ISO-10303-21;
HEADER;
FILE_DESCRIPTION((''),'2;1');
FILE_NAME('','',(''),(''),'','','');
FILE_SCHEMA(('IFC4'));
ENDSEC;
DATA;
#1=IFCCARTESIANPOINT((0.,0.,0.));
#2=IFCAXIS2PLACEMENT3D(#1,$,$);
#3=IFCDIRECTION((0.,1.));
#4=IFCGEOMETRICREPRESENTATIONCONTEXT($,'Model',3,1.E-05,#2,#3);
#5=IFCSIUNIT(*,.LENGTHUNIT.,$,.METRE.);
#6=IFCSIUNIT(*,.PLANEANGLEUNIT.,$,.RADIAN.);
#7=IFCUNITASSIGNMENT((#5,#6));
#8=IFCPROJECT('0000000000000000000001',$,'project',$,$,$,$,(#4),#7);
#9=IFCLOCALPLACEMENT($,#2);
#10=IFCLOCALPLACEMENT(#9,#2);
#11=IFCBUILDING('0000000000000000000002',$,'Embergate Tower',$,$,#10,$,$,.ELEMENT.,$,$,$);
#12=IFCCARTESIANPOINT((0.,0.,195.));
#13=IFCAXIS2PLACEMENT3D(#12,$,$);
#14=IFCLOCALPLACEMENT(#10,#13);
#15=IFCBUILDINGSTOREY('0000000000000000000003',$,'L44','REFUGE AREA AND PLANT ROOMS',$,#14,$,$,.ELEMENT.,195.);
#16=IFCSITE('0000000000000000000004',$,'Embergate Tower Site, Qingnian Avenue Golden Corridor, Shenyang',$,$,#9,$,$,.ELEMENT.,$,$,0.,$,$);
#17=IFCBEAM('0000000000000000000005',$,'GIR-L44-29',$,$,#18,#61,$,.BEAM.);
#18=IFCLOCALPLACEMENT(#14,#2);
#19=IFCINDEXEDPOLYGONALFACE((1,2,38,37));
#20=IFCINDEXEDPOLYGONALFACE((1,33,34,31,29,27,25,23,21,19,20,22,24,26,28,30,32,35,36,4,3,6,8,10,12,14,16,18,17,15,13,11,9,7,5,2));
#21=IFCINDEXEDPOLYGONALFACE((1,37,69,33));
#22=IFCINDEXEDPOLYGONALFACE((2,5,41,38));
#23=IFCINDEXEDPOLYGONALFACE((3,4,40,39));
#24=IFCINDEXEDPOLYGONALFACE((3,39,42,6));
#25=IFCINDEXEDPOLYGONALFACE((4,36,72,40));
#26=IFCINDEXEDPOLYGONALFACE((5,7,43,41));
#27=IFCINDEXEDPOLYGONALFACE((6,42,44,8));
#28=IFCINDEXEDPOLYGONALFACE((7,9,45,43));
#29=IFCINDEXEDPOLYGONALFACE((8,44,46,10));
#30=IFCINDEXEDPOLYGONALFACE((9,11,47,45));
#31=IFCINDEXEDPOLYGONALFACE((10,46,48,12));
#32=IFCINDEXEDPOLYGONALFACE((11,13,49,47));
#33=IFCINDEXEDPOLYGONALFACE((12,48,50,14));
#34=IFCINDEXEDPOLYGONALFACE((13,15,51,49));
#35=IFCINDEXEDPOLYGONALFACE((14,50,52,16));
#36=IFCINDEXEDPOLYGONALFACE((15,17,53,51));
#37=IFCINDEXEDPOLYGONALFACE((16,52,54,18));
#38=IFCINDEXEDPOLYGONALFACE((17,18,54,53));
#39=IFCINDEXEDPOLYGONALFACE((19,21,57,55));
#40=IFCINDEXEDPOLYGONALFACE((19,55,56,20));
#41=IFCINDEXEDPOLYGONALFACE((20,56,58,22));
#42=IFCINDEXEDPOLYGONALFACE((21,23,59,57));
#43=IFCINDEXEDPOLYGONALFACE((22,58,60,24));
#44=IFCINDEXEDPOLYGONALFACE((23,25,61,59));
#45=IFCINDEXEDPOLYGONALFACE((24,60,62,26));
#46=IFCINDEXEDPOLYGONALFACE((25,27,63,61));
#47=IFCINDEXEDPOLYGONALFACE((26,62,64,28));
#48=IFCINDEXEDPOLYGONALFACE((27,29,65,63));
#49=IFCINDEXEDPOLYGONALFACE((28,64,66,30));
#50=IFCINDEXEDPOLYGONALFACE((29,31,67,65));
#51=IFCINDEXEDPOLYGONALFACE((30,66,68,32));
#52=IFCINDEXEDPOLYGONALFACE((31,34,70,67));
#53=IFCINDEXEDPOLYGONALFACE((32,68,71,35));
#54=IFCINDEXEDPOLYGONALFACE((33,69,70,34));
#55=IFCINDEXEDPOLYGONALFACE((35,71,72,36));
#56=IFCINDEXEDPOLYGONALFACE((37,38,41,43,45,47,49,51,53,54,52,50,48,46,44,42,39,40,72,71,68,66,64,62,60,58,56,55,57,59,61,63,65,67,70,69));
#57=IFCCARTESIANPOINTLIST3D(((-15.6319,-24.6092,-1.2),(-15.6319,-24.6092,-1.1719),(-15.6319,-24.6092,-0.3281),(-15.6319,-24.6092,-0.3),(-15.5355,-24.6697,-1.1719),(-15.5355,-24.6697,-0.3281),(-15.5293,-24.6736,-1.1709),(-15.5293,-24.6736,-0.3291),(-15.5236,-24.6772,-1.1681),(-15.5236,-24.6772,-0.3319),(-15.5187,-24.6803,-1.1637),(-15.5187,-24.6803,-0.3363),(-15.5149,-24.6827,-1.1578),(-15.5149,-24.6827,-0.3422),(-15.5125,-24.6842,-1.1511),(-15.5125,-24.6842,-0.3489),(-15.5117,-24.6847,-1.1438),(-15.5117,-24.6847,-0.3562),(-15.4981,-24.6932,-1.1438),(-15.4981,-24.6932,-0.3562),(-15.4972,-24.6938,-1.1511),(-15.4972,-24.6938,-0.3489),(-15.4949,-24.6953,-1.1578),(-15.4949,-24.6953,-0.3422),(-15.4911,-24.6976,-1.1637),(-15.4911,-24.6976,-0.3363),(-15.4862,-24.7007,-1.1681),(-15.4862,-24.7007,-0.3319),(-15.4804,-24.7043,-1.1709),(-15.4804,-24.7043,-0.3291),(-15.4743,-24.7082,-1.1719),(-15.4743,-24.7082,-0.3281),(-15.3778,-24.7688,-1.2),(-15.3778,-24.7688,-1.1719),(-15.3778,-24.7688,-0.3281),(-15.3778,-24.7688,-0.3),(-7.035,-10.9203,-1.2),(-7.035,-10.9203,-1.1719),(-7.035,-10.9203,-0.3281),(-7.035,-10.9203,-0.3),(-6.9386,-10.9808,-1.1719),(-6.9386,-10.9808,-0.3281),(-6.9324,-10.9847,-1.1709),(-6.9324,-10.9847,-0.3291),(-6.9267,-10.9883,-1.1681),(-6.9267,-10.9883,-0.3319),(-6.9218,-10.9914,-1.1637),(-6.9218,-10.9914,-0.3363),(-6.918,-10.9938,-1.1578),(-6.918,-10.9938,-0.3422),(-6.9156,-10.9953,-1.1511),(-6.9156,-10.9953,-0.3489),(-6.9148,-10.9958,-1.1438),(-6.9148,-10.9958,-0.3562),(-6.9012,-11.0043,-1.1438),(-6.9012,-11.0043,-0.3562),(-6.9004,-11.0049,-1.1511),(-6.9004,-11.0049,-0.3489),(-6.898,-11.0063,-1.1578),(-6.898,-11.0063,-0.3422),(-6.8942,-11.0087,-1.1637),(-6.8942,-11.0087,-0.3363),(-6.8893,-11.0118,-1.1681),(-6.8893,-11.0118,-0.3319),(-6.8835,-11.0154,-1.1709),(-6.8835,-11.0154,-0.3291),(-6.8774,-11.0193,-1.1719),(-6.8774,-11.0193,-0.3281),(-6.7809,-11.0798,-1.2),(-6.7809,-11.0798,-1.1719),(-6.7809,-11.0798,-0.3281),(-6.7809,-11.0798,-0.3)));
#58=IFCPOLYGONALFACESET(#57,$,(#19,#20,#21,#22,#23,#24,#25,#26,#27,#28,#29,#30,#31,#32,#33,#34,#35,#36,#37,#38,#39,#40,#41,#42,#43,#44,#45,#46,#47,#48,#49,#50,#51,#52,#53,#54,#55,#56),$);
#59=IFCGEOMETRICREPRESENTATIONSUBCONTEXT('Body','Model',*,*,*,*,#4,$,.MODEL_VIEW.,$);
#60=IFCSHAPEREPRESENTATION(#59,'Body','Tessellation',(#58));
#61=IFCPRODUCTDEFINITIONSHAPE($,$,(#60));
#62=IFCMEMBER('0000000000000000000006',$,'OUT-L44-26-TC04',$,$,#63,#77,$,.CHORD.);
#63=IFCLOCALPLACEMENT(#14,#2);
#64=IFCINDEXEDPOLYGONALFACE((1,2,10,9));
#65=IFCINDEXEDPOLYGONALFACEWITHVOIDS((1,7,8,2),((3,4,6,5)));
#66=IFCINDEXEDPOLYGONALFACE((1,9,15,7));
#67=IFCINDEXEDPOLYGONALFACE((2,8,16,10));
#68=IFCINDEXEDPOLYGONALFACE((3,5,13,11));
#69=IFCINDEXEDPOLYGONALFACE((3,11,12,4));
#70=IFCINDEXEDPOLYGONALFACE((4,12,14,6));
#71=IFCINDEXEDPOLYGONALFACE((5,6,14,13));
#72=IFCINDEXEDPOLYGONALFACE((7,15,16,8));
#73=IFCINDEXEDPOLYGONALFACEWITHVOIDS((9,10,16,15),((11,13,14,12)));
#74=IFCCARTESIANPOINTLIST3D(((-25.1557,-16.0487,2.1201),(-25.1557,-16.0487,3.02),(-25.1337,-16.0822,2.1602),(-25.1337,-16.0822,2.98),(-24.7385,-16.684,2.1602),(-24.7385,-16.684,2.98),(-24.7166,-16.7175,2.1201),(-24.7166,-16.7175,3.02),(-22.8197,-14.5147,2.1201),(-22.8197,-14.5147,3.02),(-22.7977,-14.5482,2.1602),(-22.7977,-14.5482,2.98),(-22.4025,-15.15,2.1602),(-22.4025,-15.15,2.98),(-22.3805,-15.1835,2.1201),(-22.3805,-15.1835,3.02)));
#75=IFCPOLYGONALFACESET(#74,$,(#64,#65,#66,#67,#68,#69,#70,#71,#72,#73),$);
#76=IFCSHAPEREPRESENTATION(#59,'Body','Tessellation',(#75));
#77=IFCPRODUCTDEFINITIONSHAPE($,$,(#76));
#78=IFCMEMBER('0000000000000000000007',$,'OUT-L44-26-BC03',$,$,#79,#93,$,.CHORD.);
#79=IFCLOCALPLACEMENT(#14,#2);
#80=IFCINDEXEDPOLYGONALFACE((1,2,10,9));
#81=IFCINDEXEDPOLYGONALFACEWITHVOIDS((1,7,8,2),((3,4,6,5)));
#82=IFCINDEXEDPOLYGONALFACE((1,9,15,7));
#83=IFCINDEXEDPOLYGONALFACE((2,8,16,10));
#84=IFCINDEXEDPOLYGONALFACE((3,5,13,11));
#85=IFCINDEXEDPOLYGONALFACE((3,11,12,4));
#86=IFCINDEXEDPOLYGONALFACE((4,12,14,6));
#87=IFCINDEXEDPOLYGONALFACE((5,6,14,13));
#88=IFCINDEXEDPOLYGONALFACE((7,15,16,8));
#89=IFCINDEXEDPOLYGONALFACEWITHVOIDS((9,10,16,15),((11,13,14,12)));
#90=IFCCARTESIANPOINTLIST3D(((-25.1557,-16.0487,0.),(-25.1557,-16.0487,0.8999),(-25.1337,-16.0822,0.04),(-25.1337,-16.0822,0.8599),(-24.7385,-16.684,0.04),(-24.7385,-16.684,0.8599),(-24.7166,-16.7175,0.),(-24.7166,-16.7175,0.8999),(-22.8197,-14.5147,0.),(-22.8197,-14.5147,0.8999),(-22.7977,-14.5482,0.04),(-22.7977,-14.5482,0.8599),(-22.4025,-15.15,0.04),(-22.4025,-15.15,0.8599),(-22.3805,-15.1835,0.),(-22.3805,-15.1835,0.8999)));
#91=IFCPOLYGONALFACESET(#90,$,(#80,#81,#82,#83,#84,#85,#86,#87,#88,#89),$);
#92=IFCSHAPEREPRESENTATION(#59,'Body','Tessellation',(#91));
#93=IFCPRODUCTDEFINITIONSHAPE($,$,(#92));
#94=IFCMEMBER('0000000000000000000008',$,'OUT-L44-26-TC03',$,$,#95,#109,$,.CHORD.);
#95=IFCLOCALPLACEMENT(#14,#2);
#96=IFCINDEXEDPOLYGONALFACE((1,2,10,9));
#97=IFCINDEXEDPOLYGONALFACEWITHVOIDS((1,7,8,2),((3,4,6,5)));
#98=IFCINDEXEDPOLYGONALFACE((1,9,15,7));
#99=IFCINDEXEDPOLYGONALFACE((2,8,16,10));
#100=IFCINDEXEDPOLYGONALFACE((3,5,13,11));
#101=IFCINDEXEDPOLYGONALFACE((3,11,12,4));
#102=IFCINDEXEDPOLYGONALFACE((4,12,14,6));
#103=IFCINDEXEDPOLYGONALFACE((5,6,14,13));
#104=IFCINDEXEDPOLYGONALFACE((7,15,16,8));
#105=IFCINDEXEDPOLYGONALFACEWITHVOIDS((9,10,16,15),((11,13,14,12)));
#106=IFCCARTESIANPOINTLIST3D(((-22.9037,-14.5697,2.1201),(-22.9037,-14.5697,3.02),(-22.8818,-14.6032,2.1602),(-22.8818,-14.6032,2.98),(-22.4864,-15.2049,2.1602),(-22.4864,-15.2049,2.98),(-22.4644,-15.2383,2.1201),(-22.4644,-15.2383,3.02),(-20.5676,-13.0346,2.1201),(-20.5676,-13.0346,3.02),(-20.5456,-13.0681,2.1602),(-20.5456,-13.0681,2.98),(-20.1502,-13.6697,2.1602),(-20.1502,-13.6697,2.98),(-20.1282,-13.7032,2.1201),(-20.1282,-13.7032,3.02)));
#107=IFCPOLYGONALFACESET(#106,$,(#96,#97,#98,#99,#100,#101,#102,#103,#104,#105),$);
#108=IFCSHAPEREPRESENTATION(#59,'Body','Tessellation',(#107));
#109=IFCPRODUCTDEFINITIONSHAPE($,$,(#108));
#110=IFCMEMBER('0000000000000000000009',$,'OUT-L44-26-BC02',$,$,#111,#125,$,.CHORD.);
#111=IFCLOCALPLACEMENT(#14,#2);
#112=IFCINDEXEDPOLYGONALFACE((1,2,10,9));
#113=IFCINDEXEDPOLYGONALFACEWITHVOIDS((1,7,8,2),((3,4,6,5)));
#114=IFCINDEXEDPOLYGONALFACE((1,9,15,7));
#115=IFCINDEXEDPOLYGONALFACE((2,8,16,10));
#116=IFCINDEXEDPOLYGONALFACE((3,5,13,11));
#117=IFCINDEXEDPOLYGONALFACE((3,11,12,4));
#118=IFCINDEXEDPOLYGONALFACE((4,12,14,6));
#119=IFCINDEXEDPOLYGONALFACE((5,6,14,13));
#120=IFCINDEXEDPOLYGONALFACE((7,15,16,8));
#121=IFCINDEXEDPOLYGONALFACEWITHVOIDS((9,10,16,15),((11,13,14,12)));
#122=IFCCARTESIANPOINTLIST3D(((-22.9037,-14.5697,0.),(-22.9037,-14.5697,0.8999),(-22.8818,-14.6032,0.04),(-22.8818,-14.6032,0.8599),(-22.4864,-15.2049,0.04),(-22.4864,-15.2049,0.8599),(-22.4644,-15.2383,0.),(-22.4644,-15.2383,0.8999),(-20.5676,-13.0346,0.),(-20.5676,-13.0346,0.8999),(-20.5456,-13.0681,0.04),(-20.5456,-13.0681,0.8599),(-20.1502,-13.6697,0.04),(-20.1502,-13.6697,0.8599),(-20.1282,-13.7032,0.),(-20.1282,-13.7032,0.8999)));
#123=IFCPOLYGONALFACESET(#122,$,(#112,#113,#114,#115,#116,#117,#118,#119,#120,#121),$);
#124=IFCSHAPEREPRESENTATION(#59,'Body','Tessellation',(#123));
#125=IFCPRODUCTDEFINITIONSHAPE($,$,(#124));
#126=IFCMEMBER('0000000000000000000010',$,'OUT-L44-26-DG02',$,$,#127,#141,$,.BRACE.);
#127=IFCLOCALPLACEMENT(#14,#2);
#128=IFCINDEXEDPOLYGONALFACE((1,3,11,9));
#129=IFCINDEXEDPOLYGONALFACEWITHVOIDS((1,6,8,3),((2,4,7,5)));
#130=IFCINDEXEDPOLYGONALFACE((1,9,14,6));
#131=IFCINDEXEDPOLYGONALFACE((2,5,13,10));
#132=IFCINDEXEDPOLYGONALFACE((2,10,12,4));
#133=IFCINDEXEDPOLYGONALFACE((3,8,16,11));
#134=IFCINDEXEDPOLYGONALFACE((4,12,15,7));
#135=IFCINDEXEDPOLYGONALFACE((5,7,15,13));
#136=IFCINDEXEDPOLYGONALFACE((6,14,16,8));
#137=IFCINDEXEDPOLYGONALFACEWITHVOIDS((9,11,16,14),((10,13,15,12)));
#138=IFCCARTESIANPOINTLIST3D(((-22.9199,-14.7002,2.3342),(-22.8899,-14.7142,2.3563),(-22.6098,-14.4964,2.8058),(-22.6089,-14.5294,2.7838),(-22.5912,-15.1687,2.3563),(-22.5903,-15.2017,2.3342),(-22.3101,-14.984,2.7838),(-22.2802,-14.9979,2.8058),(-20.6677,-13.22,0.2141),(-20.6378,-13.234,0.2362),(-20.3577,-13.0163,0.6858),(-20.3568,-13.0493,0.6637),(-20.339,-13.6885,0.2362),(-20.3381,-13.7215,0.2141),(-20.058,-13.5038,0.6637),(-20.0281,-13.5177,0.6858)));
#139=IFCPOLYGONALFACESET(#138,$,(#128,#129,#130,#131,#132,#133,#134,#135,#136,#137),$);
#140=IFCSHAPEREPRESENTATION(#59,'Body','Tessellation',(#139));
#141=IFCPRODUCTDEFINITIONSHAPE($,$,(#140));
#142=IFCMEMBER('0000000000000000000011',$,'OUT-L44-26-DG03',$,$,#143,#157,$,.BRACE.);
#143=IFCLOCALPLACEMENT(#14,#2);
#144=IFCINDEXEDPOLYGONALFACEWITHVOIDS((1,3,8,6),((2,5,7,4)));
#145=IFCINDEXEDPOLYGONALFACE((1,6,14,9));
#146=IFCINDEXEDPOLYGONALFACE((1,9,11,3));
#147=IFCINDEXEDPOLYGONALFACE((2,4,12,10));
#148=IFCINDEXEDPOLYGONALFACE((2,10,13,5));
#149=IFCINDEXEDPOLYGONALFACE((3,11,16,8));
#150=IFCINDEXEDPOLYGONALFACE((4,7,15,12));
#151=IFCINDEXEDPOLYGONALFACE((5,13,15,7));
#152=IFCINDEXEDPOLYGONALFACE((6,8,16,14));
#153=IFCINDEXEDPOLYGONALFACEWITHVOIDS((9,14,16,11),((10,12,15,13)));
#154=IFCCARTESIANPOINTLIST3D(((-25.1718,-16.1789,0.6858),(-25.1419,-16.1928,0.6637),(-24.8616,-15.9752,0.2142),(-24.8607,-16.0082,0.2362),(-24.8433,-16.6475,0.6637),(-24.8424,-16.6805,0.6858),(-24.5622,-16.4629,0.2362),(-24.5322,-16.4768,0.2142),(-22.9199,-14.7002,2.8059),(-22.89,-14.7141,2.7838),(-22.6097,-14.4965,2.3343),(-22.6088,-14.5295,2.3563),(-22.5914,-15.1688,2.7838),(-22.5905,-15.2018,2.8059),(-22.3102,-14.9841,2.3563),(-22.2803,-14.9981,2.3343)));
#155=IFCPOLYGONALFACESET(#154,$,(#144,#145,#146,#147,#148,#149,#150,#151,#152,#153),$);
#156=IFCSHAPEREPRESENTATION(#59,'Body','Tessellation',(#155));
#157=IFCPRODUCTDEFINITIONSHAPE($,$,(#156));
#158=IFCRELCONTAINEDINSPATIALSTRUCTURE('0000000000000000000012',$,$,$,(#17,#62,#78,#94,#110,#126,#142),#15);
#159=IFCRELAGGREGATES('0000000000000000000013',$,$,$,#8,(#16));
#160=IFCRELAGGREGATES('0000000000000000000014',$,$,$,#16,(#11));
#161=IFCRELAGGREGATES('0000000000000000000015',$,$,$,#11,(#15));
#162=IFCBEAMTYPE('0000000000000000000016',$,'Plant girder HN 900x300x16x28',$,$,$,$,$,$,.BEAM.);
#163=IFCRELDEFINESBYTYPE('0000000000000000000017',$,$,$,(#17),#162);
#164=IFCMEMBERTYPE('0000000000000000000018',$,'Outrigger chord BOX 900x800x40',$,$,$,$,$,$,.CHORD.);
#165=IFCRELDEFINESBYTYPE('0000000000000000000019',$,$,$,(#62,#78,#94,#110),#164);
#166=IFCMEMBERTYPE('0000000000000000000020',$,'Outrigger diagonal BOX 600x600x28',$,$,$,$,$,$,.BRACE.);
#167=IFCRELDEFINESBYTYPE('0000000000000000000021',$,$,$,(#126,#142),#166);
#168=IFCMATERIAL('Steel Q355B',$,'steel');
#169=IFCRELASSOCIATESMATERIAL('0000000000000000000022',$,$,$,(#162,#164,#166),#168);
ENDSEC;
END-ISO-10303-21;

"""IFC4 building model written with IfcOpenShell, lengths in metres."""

from ifc_helpers import new_model, si_unit, direction, frame, origin, origin_2d, place, context, subcontext, project, spatial, hollow_rectangle, i_section, extrude, source, transform, mapped, material, material_profile, profile_set, type_object, element, save


model = new_model("IFC4")

# Units and contexts
model_context = context("Model", 3, precision=1e-05, world=origin(), true_north=direction((0.0, 1.0)))
body_context = subcontext(model_context, "Body", "Model", "MODEL_VIEW")
ifc_project = project(units=[si_unit("LENGTHUNIT", "METRE"), si_unit("PLANEANGLEUNIT", "RADIAN")], contexts=[model_context])

# Site, building, storey
site_placement = place(None, origin())
site = spatial("IfcSite", under=ifc_project, at=site_placement, Name="Embergate Tower Site, Qingnian Avenue Golden Corridor, Shenyang", CompositionType="ELEMENT", RefElevation=0.0)
building_placement = place(site_placement, origin())
building = spatial("IfcBuilding", under=site, at=building_placement, Name="Embergate Tower", CompositionType="ELEMENT")
storey_placement = place(building_placement, frame((0.0, 0.0, 195.0)))
storey = spatial("IfcBuildingStorey", under=building, at=storey_placement, Name="L44", Description="REFUGE AREA AND PLANT ROOMS", CompositionType="ELEMENT", Elevation=195.0)

# Beam
ifc_material_1 = material(Name="Steel Q355B", Category="steel")
ifc_material_profile_1 = material_profile(ifc_material_1, i_section(OverallWidth=0.3, OverallDepth=0.8999, WebThickness=0.0161, FlangeThickness=0.0281, FilletRadius=0.0281, at=origin_2d()), Name="HN 900x300x16x28")
ifc_profile_set_1 = profile_set([ifc_material_profile_1], Name="Steel Q355 grade B")
beam_type_1 = type_object("IfcBeamType", Name="Plant girder HN 900x300x16x28", PredefinedType="BEAM", material=ifc_profile_set_1)
shared_shape_1 = source(origin(), body_context, "Body", "SweptSolid", [
    extrude(i_section(OverallWidth=0.3, OverallDepth=0.8999, WebThickness=0.0161, FlangeThickness=0.0281, FilletRadius=0.0281, at=origin_2d()), origin(), (0.0, 0.0, 1.0), 16.1646),
])
beam_1_placement = place(storey_placement, frame((-15.5049, -24.689, -0.75), z_axis=(0.531836, 0.846847, 0.0), x_axis=(-0.846847, 0.531836, 0.0)))
element("IfcBeam", 1, at=beam_1_placement, inside=storey, type_object=beam_type_1, Name="GIR-L44-29", PredefinedType="BEAM", context=body_context, shape_type="MappedRepresentation", body=[
    mapped(shared_shape_1, transform((0.0, 0.0, 0.0))),
])

# Members
ifc_material_profile_2 = material_profile(ifc_material_1, hollow_rectangle(XDim=0.8, YDim=0.8999, WallThickness=0.04, at=origin_2d()), Name="BOX 900x800x40")
ifc_profile_set_2 = profile_set([ifc_material_profile_2], Name="Steel Q355 grade B")
member_type_1 = type_object("IfcMemberType", Name="Outrigger chord BOX 900x800x40", PredefinedType="CHORD", material=ifc_profile_set_2)
shared_shape_2 = source(origin(), body_context, "Body", "SweptSolid", [
    extrude(hollow_rectangle(XDim=0.8, YDim=0.8999, WallThickness=0.04, at=origin_2d()), origin(), (0.0, 0.0, 1.0), 2.7947),
])
for number, where, z_axis, x_axis, name in (
    (2, (-22.6001, -14.8491, 2.5701), (-0.835888, -0.548901, 0.0), (0.548901, -0.835888, 0.0), "OUT-L44-26-TC04"),
    (3, (-22.6001, -14.8491, 0.45), (-0.835888, -0.548901, 0.0), (0.548901, -0.835888, 0.0), "OUT-L44-26-BC03"),
):
    element("IfcMember", number, at=place(storey_placement, frame(where, z_axis=z_axis, x_axis=x_axis)), inside=storey, type_object=member_type_1, Name=name, PredefinedType="CHORD", context=body_context, shape_type="MappedRepresentation", body=[
        mapped(shared_shape_2, transform((0.0, 0.0, 0.0))),
    ])
shared_shape_3 = source(origin(), body_context, "Body", "SweptSolid", [
    extrude(hollow_rectangle(XDim=0.8, YDim=0.8999, WallThickness=0.04, at=origin_2d()), origin(), (0.0, 0.0, 1.0), 2.7954),
])
for number, where, z_axis, x_axis, name in (
    (4, (-20.3479, -13.3689, 2.5701), (-0.835713, -0.549166, 0.0), (0.549166, -0.835713, 0.0), "OUT-L44-26-TC03"),
    (5, (-20.3479, -13.3689, 0.45), (-0.835713, -0.549166, 0.0), (0.549166, -0.835713, 0.0), "OUT-L44-26-BC02"),
):
    element("IfcMember", number, at=place(storey_placement, frame(where, z_axis=z_axis, x_axis=x_axis)), inside=storey, type_object=member_type_1, Name=name, PredefinedType="CHORD", context=body_context, shape_type="MappedRepresentation", body=[
        mapped(shared_shape_3, transform((0.0, 0.0, 0.0))),
    ])
ifc_material_profile_3 = material_profile(ifc_material_1, hollow_rectangle(XDim=0.6001, YDim=0.6001, WallThickness=0.0281, at=origin_2d()), Name="BOX 600x600x28")
ifc_profile_set_3 = profile_set([ifc_material_profile_3], Name="Steel Q355 grade B")
member_type_2 = type_object("IfcMemberType", Name="Outrigger diagonal BOX 600x600x28", PredefinedType="BRACE", material=ifc_profile_set_3)
shared_shape_4 = source(origin(), body_context, "Body", "SweptSolid", [
    extrude(hollow_rectangle(XDim=0.6001, YDim=0.6001, WallThickness=0.0281, at=origin_2d()), origin(), (0.0, 0.0, 1.0), 3.429),
])
member_1_placement = place(storey_placement, frame((-20.3479, -13.3689, 0.45), z_axis=(-0.6568, -0.431672, 0.618282), x_axis=(0.549232, -0.83567, 0.0)))
element("IfcMember", 6, at=member_1_placement, inside=storey, type_object=member_type_2, Name="OUT-L44-26-DG02", PredefinedType="BRACE", context=body_context, shape_type="MappedRepresentation", body=[
    mapped(shared_shape_4, transform((0.0, 0.0, 0.0))),
])
shared_shape_5 = source(origin(), body_context, "Body", "SweptSolid", [
    extrude(hollow_rectangle(XDim=0.6001, YDim=0.6001, WallThickness=0.0281, at=origin_2d()), origin(), (0.0, 0.0, 1.0), 3.4282),
])
member_2_placement = place(storey_placement, frame((-22.6001, -14.8491, 2.5701), z_axis=(-0.656881, -0.431345, -0.618425), x_axis=(0.548894, -0.835892, 0.0)))
element("IfcMember", 7, at=member_2_placement, inside=storey, type_object=member_type_2, Name="OUT-L44-26-DG03", PredefinedType="BRACE", context=body_context, shape_type="MappedRepresentation", body=[
    mapped(shared_shape_5, transform((0.0, 0.0, 0.0))),
])

save(model, "model.ifc")
